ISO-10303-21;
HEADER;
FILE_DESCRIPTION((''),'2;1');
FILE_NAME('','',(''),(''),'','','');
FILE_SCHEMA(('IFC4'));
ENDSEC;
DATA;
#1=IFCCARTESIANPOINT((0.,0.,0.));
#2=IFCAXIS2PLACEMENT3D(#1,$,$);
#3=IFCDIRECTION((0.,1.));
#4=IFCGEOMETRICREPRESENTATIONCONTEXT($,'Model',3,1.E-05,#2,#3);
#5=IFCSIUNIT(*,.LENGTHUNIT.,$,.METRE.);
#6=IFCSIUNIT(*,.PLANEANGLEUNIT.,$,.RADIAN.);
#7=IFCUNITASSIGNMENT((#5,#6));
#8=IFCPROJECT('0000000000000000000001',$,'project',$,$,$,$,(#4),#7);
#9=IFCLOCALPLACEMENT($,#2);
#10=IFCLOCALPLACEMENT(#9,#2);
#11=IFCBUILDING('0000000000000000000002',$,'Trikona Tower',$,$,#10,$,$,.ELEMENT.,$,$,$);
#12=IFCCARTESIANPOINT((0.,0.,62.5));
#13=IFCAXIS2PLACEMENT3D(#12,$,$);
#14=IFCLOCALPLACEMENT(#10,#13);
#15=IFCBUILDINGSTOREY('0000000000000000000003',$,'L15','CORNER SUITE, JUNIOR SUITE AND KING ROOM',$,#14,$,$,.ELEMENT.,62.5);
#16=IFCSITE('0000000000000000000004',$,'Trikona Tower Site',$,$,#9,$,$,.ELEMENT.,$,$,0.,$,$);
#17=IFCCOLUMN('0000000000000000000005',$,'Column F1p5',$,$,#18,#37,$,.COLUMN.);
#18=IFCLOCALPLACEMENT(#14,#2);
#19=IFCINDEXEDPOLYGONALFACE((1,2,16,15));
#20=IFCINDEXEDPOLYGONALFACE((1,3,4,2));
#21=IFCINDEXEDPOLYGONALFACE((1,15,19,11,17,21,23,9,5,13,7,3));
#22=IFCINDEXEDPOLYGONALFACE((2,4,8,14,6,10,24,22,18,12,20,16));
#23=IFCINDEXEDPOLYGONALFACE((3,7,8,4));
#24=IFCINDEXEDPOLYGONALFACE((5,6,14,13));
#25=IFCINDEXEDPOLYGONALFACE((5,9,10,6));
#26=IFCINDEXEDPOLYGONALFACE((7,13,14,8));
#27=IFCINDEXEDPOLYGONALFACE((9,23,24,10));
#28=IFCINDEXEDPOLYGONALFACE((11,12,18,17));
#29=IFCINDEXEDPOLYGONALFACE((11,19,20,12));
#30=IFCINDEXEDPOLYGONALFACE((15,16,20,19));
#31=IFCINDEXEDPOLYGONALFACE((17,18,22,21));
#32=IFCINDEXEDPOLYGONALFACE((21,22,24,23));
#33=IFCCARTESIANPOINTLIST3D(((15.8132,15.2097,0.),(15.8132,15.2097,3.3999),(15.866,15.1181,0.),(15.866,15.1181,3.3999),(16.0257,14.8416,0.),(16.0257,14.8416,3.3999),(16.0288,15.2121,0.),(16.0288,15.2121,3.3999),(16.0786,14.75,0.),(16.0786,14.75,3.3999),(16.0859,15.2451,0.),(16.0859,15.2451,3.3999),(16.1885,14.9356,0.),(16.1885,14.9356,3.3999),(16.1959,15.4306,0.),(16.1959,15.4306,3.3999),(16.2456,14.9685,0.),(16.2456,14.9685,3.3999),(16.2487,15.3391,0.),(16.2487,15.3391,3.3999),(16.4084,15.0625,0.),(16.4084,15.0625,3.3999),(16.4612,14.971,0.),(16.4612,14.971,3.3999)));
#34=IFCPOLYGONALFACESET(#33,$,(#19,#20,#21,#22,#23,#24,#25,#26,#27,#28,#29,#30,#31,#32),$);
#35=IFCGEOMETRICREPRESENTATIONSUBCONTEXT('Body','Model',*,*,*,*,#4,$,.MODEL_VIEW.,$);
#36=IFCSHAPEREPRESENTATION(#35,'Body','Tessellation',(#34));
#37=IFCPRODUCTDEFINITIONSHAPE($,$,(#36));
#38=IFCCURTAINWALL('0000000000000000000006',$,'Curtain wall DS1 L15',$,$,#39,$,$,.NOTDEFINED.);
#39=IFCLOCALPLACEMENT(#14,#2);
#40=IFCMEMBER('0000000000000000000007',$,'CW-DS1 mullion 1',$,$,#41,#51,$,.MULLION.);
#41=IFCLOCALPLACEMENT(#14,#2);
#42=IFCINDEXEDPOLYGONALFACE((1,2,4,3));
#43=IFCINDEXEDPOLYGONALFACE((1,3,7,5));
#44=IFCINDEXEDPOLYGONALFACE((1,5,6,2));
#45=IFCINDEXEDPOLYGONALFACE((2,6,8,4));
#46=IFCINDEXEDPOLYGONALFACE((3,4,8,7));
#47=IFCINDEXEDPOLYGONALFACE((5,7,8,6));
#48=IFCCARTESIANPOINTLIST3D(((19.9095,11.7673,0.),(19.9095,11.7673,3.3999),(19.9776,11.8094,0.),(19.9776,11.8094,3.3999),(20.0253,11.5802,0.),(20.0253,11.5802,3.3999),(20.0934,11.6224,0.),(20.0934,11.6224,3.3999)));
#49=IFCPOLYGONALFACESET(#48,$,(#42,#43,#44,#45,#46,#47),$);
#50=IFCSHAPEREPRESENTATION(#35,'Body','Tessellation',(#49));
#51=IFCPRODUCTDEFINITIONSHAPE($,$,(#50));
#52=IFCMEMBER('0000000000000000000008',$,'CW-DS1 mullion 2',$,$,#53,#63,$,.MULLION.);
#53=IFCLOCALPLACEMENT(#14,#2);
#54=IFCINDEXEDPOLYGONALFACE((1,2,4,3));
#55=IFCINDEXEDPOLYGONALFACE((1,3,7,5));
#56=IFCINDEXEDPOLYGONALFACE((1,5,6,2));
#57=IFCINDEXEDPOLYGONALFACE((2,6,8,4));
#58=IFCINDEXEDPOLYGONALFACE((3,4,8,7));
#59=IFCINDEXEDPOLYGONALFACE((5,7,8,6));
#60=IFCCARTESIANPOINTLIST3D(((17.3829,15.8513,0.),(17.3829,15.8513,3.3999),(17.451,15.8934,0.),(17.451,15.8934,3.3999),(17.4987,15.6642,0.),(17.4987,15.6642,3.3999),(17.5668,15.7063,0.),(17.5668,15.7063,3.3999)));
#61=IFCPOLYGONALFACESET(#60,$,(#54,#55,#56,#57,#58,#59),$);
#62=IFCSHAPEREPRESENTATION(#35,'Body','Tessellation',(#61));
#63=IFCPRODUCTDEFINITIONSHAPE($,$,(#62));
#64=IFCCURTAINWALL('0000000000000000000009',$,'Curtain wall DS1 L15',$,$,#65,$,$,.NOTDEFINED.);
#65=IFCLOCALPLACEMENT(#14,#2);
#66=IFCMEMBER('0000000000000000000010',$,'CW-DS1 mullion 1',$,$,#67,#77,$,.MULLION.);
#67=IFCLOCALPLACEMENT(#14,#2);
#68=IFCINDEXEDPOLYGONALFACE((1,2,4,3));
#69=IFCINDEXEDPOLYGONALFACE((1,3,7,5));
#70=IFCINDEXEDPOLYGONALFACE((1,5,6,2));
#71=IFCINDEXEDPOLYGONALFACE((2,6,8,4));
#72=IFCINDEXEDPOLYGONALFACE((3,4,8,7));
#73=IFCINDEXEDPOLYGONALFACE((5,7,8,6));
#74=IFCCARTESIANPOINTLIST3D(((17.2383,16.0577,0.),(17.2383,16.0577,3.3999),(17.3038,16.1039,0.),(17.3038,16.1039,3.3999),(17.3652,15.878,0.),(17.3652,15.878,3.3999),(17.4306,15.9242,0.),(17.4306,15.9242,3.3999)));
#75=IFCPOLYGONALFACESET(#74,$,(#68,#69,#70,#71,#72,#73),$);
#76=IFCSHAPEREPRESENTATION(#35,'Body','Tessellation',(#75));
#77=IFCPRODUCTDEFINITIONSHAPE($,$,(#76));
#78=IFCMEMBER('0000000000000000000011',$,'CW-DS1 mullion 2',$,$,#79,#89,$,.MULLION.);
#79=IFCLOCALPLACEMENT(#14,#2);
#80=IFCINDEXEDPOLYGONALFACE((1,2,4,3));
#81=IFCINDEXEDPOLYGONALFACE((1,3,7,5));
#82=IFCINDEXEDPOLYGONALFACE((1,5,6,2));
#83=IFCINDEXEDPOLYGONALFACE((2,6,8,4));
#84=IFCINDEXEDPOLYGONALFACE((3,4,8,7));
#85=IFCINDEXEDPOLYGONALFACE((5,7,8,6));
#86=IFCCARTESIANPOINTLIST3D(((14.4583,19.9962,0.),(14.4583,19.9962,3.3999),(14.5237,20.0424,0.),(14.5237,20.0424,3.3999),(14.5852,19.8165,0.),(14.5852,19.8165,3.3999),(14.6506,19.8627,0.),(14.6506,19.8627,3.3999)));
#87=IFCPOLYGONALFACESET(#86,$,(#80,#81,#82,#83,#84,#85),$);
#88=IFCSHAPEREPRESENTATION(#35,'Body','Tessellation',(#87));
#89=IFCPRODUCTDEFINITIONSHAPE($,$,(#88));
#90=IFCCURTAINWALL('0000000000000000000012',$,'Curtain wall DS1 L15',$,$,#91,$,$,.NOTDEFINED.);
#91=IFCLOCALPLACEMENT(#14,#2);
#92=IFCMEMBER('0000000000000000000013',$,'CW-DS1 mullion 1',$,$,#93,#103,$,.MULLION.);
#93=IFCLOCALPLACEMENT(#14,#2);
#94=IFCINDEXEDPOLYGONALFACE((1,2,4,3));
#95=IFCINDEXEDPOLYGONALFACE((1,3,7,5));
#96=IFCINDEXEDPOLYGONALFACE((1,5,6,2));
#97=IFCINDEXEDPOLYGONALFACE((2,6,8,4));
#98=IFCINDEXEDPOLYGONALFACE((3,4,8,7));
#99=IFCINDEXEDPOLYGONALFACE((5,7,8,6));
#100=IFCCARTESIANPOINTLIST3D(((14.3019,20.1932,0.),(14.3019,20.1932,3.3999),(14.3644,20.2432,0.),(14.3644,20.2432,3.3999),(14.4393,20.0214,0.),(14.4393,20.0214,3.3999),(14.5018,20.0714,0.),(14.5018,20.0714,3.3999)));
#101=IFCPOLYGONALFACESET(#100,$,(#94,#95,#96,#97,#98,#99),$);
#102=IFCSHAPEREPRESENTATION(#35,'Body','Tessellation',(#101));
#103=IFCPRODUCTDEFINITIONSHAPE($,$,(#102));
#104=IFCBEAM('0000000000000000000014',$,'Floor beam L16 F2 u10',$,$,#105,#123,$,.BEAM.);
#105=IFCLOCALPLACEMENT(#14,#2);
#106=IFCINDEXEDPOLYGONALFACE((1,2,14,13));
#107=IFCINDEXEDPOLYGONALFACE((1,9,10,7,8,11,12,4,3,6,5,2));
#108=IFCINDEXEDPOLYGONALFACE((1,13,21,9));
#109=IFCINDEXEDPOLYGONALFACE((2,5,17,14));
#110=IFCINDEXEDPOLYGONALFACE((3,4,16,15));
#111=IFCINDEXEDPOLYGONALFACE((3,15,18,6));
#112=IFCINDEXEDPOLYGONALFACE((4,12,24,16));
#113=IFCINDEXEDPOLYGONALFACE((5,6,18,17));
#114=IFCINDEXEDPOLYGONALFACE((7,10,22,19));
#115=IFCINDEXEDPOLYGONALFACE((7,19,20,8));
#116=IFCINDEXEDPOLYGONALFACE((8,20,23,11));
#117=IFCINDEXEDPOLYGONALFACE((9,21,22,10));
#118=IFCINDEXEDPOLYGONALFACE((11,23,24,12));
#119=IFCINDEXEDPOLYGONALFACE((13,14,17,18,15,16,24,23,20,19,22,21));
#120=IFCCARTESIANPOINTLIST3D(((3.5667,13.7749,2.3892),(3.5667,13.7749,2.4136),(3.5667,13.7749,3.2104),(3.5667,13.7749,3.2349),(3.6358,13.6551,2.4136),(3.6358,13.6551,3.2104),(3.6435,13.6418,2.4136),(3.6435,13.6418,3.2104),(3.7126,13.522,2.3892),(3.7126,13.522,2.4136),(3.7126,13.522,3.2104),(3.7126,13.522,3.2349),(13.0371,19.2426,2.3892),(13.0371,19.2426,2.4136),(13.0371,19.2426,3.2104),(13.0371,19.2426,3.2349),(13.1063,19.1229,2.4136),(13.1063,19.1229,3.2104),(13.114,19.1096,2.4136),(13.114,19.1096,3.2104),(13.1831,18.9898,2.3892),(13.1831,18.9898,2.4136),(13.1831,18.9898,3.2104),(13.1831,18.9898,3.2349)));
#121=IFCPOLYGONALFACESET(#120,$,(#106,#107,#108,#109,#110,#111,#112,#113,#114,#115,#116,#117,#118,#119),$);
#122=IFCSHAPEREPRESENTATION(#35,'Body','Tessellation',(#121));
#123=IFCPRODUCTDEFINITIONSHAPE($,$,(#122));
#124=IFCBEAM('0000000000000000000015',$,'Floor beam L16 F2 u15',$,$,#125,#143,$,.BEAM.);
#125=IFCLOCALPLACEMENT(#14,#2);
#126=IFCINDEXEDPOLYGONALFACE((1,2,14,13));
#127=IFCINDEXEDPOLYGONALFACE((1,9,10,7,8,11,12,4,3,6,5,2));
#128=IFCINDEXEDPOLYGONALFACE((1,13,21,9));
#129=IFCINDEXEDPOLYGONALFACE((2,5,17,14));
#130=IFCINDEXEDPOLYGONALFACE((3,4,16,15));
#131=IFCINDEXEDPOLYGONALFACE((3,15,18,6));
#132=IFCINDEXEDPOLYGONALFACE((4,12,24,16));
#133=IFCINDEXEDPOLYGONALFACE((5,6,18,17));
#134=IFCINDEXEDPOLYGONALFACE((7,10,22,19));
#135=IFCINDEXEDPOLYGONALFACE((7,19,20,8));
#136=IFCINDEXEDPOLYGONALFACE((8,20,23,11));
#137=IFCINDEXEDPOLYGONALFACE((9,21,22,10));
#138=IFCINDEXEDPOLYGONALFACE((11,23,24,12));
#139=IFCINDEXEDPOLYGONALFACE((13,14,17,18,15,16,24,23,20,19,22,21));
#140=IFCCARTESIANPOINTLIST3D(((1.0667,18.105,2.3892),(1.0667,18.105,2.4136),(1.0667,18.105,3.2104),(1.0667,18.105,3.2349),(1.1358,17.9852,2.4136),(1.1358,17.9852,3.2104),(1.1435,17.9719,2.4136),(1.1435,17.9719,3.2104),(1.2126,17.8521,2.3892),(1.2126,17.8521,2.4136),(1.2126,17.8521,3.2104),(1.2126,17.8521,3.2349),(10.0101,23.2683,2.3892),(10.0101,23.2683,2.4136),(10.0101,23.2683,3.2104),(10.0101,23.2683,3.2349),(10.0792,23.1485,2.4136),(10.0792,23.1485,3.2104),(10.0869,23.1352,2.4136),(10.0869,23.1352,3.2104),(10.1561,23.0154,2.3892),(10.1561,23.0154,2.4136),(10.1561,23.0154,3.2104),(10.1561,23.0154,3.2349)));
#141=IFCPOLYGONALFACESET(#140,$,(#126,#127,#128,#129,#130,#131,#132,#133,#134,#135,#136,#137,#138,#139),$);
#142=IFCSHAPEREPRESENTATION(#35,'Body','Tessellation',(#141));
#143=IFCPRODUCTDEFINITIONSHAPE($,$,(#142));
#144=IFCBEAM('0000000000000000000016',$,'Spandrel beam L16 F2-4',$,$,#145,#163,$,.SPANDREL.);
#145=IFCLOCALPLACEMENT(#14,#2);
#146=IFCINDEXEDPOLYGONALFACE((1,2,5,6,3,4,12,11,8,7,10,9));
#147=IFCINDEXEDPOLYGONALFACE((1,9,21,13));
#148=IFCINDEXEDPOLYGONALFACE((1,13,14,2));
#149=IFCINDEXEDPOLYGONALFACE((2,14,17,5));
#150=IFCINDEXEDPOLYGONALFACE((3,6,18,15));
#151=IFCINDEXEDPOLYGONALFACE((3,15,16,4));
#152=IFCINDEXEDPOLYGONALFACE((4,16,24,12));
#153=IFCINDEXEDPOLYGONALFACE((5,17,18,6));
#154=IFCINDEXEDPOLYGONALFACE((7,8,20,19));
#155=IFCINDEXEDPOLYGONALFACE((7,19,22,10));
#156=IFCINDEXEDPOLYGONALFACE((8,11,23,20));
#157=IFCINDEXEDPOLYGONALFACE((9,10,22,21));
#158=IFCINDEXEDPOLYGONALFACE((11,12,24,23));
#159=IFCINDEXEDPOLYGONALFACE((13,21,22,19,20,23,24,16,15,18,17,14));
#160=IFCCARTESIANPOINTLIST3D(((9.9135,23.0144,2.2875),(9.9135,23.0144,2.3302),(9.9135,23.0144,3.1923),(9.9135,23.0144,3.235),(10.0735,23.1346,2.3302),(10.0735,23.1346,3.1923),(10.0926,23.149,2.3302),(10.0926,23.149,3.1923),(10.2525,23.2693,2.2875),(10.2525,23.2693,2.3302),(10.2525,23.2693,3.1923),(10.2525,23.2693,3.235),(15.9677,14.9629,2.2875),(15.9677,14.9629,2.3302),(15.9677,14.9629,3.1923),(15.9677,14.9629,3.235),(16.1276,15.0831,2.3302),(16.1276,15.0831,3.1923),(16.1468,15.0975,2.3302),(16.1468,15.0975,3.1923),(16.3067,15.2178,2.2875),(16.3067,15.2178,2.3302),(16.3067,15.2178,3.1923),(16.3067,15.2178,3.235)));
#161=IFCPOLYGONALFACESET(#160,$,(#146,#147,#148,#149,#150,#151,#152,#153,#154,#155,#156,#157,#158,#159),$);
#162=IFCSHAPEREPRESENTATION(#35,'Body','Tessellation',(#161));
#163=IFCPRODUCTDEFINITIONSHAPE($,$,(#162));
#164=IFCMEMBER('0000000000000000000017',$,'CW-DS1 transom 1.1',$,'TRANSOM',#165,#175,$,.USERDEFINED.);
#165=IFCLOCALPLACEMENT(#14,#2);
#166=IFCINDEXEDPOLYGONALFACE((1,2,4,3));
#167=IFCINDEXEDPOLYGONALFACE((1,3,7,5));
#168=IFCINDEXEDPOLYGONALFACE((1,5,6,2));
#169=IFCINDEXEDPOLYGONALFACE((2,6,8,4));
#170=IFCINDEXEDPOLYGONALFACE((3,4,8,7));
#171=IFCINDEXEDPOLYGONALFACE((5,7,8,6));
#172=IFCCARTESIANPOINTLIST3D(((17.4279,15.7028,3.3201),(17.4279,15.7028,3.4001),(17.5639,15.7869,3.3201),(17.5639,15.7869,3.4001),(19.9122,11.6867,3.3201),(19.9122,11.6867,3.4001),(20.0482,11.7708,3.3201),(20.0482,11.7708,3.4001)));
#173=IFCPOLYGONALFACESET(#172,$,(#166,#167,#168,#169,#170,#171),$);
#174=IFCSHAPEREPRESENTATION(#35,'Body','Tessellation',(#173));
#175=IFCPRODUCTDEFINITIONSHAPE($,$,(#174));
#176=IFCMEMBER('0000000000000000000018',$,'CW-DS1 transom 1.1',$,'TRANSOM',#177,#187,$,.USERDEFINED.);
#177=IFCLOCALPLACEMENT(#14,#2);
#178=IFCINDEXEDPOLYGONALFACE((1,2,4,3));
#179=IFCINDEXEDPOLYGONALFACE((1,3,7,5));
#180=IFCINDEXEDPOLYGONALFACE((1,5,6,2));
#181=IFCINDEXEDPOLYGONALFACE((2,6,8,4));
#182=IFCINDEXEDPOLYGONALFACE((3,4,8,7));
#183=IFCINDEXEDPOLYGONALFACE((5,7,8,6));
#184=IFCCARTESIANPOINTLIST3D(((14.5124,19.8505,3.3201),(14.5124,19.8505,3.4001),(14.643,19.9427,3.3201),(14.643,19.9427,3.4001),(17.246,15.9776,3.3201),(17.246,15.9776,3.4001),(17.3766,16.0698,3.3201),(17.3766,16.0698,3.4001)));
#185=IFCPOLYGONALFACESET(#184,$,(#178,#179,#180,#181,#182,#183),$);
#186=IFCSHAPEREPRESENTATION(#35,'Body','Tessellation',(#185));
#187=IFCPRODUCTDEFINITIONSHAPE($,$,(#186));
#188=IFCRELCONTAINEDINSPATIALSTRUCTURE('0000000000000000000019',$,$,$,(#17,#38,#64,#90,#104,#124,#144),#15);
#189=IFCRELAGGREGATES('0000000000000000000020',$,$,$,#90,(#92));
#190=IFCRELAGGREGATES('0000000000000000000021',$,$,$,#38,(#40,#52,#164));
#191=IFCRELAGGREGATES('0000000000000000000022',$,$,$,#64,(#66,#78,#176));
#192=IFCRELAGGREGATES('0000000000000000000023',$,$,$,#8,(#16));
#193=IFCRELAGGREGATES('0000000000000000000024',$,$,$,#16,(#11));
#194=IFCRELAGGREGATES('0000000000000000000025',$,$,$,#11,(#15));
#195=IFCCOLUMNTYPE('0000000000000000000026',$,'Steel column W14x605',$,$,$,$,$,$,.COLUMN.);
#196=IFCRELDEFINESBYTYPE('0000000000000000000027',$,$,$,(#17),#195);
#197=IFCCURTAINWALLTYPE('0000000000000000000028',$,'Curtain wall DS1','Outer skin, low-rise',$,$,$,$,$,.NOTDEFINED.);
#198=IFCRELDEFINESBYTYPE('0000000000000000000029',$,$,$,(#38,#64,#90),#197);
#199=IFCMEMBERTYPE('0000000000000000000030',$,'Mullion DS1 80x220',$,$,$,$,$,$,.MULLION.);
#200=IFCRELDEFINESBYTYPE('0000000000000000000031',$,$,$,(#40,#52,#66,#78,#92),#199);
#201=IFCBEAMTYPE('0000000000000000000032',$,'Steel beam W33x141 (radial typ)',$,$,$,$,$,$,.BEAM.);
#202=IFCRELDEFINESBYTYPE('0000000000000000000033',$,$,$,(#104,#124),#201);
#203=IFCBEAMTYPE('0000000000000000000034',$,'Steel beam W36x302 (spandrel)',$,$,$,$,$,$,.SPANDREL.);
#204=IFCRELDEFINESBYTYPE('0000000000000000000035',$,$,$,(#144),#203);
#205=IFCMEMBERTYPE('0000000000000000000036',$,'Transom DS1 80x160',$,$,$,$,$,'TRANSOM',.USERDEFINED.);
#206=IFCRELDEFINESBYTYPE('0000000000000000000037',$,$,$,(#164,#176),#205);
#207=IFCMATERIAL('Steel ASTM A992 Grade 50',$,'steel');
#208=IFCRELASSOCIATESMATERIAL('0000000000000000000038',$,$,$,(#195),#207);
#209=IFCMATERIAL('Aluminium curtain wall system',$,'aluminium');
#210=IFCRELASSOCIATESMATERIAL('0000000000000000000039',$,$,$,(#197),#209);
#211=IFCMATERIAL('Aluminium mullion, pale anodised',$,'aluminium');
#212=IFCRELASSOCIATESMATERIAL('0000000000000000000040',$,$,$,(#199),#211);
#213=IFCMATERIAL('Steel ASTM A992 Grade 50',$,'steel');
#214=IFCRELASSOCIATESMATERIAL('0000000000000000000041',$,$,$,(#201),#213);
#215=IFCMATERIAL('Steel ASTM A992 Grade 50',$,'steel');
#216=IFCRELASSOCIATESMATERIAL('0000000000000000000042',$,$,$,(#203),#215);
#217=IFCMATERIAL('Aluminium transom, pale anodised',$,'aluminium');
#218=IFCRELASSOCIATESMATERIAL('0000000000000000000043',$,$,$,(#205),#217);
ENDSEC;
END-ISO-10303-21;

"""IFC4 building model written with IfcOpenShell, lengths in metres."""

from ifc_helpers import new_model, si_unit, direction, frame, origin, origin_2d, place, context, subcontext, project, spatial, rectangle, i_section, extrude, material, material_profile, profile_set, type_object, element, aggregate, save


model = new_model("IFC4")

# Units and contexts
model_context = context("Model", 3, precision=1e-05, world=origin(), true_north=direction((0.0, 1.0)))
body_context = subcontext(model_context, "Body", "Model", "MODEL_VIEW")
ifc_project = project(units=[si_unit("LENGTHUNIT", "METRE"), si_unit("PLANEANGLEUNIT", "RADIAN")], contexts=[model_context])

# Site, building, storey
site_placement = place(None, origin())
site = spatial("IfcSite", under=ifc_project, at=site_placement, Name="Trikona Tower Site", CompositionType="ELEMENT", RefElevation=0.0)
building_placement = place(site_placement, origin())
building = spatial("IfcBuilding", under=site, at=building_placement, Name="Trikona Tower", CompositionType="ELEMENT")
storey_placement = place(building_placement, frame((0.0, 0.0, 62.5)))
storey = spatial("IfcBuildingStorey", under=building, at=storey_placement, Name="L15", Description="CORNER SUITE, JUNIOR SUITE AND KING ROOM", CompositionType="ELEMENT", Elevation=62.5)

# Column
ifc_material_1 = material(Name="Steel ASTM A992 Grade 50", Category="steel")
ifc_material_profile_1 = material_profile(ifc_material_1, i_section(OverallWidth=0.4419, OverallDepth=0.5308, WebThickness=0.0659, FlangeThickness=0.1057, at=origin_2d()), Name="W14X605")
ifc_profile_set_1 = profile_set([ifc_material_profile_1], Name="Steel ASTM A992 Grade 50")
column_type = type_object("IfcColumnType", Name="Steel column W14x605", PredefinedType="COLUMN", material=ifc_profile_set_1)
column_placement = place(storey_placement, frame((16.1372, 15.0903, 0.0), z_axis=(0.0, 0.0, 1.0), x_axis=(0.866025, 0.5, 0.0)))
element("IfcColumn", 1, at=column_placement, inside=storey, type_object=column_type, Name="Column F1p5", PredefinedType="COLUMN", context=body_context, shape_type="SweptSolid", body=[
    extrude(i_section(OverallWidth=0.4419, OverallDepth=0.5308, WebThickness=0.0659, FlangeThickness=0.1057, at=origin_2d()), origin(), (0.0, 0.0, 1.0), 3.3999),
])

# Curtain walls, members
ifc_material_2 = material(Name="Aluminium curtain wall system", Category="aluminium")
curtain_wall_type = type_object("IfcCurtainWallType", Name="Curtain wall DS1", Description="Outer skin, low-rise", PredefinedType="NOTDEFINED", material=ifc_material_2)
curtain_wall_1_placement = place(storey_placement, origin())
curtain_wall_1 = element("IfcCurtainWall", 2, at=curtain_wall_1_placement, inside=storey, type_object=curtain_wall_type, Name="Curtain wall DS1 L15", PredefinedType="NOTDEFINED")
ifc_material_3 = material(Name="Aluminium mullion, pale anodised", Category="aluminium")
ifc_material_profile_2 = material_profile(ifc_material_3, rectangle(XDim=0.0801, YDim=0.22, at=origin_2d()), Name="MUL-DS1")
ifc_profile_set_2 = profile_set([ifc_material_profile_2], Name="Aluminium mullion, pale anodised")
member_type_1 = type_object("IfcMemberType", Name="Mullion DS1 80x220", PredefinedType="MULLION", material=ifc_profile_set_2)
member_1_placement = place(storey_placement, frame((20.0015, 11.6948, 0.0), z_axis=(0.0, 0.0, 1.0), x_axis=(-0.85041, -0.52612, 0.0)))
member_1 = element("IfcMember", 3, at=member_1_placement, type_object=member_type_1, Name="CW-DS1 mullion 1", PredefinedType="MULLION", context=body_context, shape_type="SweptSolid", body=[
    extrude(rectangle(XDim=0.0801, YDim=0.22, at=origin_2d()), origin(), (0.0, 0.0, 1.0), 3.3999),
])
member_2_placement = place(storey_placement, frame((17.4749, 15.7788, 0.0), z_axis=(0.0, 0.0, 1.0), x_axis=(-0.85041, -0.52612, 0.0)))
member_2 = element("IfcMember", 4, at=member_2_placement, type_object=member_type_1, Name="CW-DS1 mullion 2", PredefinedType="MULLION", context=body_context, shape_type="SweptSolid", body=[
    extrude(rectangle(XDim=0.0801, YDim=0.22, at=origin_2d()), origin(), (0.0, 0.0, 1.0), 3.3999),
])
curtain_wall_2_placement = place(storey_placement, origin())
curtain_wall_2 = element("IfcCurtainWall", 5, at=curtain_wall_2_placement, inside=storey, type_object=curtain_wall_type, Name="Curtain wall DS1 L15", PredefinedType="NOTDEFINED")
member_3_placement = place(storey_placement, frame((17.3345, 15.991, 0.0), z_axis=(0.0, 0.0, 1.0), x_axis=(-0.816985, -0.576658, 0.0)))
member_3 = element("IfcMember", 6, at=member_3_placement, type_object=member_type_1, Name="CW-DS1 mullion 1", PredefinedType="MULLION", context=body_context, shape_type="SweptSolid", body=[
    extrude(rectangle(XDim=0.0801, YDim=0.22, at=origin_2d()), origin(), (0.0, 0.0, 1.0), 3.3999),
])
member_4_placement = place(storey_placement, frame((14.5544, 19.9294, 0.0), z_axis=(0.0, 0.0, 1.0), x_axis=(-0.816985, -0.576658, 0.0)))
member_4 = element("IfcMember", 7, at=member_4_placement, type_object=member_type_1, Name="CW-DS1 mullion 2", PredefinedType="MULLION", context=body_context, shape_type="SweptSolid", body=[
    extrude(rectangle(XDim=0.0801, YDim=0.22, at=origin_2d()), origin(), (0.0, 0.0, 1.0), 3.3999),
])

# Curtain wall, member
curtain_wall_3_placement = place(storey_placement, origin())
curtain_wall_3 = element("IfcCurtainWall", 8, at=curtain_wall_3_placement, inside=storey, type_object=curtain_wall_type, Name="Curtain wall DS1 L15", PredefinedType="NOTDEFINED")
member_5_placement = place(storey_placement, frame((14.4019, 20.1323, 0.0), z_axis=(0.0, 0.0, 1.0), x_axis=(-0.780938, -0.624609, 0.0)))
member_5 = element("IfcMember", 9, at=member_5_placement, type_object=member_type_1, Name="CW-DS1 mullion 1", PredefinedType="MULLION", context=body_context, shape_type="SweptSolid", body=[
    extrude(rectangle(XDim=0.0801, YDim=0.22, at=origin_2d()), origin(), (0.0, 0.0, 1.0), 3.3999),
])

# Beams
ifc_material_4 = material(Name="Steel ASTM A992 Grade 50", Category="steel")
ifc_material_profile_3 = material_profile(ifc_material_4, i_section(OverallWidth=0.292, OverallDepth=0.8457, WebThickness=0.0154, FlangeThickness=0.0244, at=origin_2d()), Name="W33X141")
ifc_profile_set_3 = profile_set([ifc_material_profile_3], Name="Steel ASTM A992 Grade 50")
beam_type_1 = type_object("IfcBeamType", Name="Steel beam W33x141 (radial typ)", PredefinedType="BEAM", material=ifc_profile_set_3)
beam_1_placement = place(storey_placement, frame((3.6396, 13.6484, 2.812), z_axis=(0.866025, 0.5, 0.0), x_axis=(-0.5, 0.866025, 0.0)))
element("IfcBeam", 10, at=beam_1_placement, inside=storey, type_object=beam_type_1, Name="Floor beam L16 F2 u10", PredefinedType="BEAM", context=body_context, shape_type="SweptSolid", body=[
    extrude(i_section(OverallWidth=0.292, OverallDepth=0.8457, WebThickness=0.0154, FlangeThickness=0.0244, at=origin_2d()), origin(), (0.0, 0.0, 1.0), 10.9355),
])
beam_2_placement = place(storey_placement, frame((1.1396, 17.9785, 2.812), z_axis=(0.86603, 0.499991, 0.0), x_axis=(-0.499991, 0.86603, 0.0)))
element("IfcBeam", 11, at=beam_2_placement, inside=storey, type_object=beam_type_1, Name="Floor beam L16 F2 u15", PredefinedType="BEAM", context=body_context, shape_type="SweptSolid", body=[
    extrude(i_section(OverallWidth=0.292, OverallDepth=0.8457, WebThickness=0.0154, FlangeThickness=0.0244, at=origin_2d()), origin(), (0.0, 0.0, 1.0), 10.3269),
])
ifc_material_5 = material(Name="Steel ASTM A992 Grade 50", Category="steel")
ifc_material_profile_4 = material_profile(ifc_material_5, i_section(OverallWidth=0.4241, OverallDepth=0.9475, WebThickness=0.0239, FlangeThickness=0.0427, at=origin_2d()), Name="W36X302")
ifc_profile_set_4 = profile_set([ifc_material_profile_4], Name="Steel ASTM A992 Grade 50")
beam_type_2 = type_object("IfcBeamType", Name="Steel beam W36x302 (spandrel)", PredefinedType="SPANDREL", material=ifc_profile_set_4)
beam_3_placement = place(storey_placement, frame((16.1372, 15.0903, 2.7612), z_axis=(-0.600988, 0.799258, 0.0), x_axis=(-0.799258, -0.600988, 0.0)))
element("IfcBeam", 12, at=beam_3_placement, inside=storey, type_object=beam_type_2, Name="Spandrel beam L16 F2-4", PredefinedType="SPANDREL", context=body_context, shape_type="SweptSolid", body=[
    extrude(i_section(OverallWidth=0.4241, OverallDepth=0.9475, WebThickness=0.0239, FlangeThickness=0.0427, at=origin_2d()), origin(), (0.0, 0.0, 1.0), 10.0737),
])

# Members
ifc_material_6 = material(Name="Aluminium transom, pale anodised", Category="aluminium")
ifc_material_profile_5 = material_profile(ifc_material_6, rectangle(XDim=0.1599, YDim=0.0801, at=origin_2d()), Name="TRN-DS1")
ifc_profile_set_5 = profile_set([ifc_material_profile_5], Name="Aluminium transom, pale anodised")
member_type_2 = type_object("IfcMemberType", Name="Transom DS1 80x160", ElementType="TRANSOM", PredefinedType="USERDEFINED", material=ifc_profile_set_5)
member_6_placement = place(storey_placement, frame((19.9802, 11.7288, 3.3601), z_axis=(-0.526081, 0.850435, 0.0), x_axis=(-0.850435, -0.526081, 0.0)))
member_6 = element("IfcMember", 13, at=member_6_placement, type_object=member_type_2, Name="CW-DS1 transom 1.1", ObjectType="TRANSOM", PredefinedType="USERDEFINED", context=body_context, shape_type="SweptSolid", body=[
    extrude(rectangle(XDim=0.1599, YDim=0.0801, at=origin_2d()), origin(), (0.0, 0.0, 1.0), 4.7224),
])
member_7_placement = place(storey_placement, frame((17.3113, 16.0237, 3.3601), z_axis=(-0.576645, 0.816995, 0.0), x_axis=(-0.816995, -0.576645, 0.0)))
member_7 = element("IfcMember", 14, at=member_7_placement, type_object=member_type_2, Name="CW-DS1 transom 1.1", ObjectType="TRANSOM", PredefinedType="USERDEFINED", context=body_context, shape_type="SweptSolid", body=[
    extrude(rectangle(XDim=0.1599, YDim=0.0801, at=origin_2d()), origin(), (0.0, 0.0, 1.0), 4.7405),
])
aggregate(curtain_wall_3, [member_5])

aggregate(curtain_wall_1, [member_1, member_2, member_6])
aggregate(curtain_wall_2, [member_3, member_4, member_7])

save(model, "model.ifc")
